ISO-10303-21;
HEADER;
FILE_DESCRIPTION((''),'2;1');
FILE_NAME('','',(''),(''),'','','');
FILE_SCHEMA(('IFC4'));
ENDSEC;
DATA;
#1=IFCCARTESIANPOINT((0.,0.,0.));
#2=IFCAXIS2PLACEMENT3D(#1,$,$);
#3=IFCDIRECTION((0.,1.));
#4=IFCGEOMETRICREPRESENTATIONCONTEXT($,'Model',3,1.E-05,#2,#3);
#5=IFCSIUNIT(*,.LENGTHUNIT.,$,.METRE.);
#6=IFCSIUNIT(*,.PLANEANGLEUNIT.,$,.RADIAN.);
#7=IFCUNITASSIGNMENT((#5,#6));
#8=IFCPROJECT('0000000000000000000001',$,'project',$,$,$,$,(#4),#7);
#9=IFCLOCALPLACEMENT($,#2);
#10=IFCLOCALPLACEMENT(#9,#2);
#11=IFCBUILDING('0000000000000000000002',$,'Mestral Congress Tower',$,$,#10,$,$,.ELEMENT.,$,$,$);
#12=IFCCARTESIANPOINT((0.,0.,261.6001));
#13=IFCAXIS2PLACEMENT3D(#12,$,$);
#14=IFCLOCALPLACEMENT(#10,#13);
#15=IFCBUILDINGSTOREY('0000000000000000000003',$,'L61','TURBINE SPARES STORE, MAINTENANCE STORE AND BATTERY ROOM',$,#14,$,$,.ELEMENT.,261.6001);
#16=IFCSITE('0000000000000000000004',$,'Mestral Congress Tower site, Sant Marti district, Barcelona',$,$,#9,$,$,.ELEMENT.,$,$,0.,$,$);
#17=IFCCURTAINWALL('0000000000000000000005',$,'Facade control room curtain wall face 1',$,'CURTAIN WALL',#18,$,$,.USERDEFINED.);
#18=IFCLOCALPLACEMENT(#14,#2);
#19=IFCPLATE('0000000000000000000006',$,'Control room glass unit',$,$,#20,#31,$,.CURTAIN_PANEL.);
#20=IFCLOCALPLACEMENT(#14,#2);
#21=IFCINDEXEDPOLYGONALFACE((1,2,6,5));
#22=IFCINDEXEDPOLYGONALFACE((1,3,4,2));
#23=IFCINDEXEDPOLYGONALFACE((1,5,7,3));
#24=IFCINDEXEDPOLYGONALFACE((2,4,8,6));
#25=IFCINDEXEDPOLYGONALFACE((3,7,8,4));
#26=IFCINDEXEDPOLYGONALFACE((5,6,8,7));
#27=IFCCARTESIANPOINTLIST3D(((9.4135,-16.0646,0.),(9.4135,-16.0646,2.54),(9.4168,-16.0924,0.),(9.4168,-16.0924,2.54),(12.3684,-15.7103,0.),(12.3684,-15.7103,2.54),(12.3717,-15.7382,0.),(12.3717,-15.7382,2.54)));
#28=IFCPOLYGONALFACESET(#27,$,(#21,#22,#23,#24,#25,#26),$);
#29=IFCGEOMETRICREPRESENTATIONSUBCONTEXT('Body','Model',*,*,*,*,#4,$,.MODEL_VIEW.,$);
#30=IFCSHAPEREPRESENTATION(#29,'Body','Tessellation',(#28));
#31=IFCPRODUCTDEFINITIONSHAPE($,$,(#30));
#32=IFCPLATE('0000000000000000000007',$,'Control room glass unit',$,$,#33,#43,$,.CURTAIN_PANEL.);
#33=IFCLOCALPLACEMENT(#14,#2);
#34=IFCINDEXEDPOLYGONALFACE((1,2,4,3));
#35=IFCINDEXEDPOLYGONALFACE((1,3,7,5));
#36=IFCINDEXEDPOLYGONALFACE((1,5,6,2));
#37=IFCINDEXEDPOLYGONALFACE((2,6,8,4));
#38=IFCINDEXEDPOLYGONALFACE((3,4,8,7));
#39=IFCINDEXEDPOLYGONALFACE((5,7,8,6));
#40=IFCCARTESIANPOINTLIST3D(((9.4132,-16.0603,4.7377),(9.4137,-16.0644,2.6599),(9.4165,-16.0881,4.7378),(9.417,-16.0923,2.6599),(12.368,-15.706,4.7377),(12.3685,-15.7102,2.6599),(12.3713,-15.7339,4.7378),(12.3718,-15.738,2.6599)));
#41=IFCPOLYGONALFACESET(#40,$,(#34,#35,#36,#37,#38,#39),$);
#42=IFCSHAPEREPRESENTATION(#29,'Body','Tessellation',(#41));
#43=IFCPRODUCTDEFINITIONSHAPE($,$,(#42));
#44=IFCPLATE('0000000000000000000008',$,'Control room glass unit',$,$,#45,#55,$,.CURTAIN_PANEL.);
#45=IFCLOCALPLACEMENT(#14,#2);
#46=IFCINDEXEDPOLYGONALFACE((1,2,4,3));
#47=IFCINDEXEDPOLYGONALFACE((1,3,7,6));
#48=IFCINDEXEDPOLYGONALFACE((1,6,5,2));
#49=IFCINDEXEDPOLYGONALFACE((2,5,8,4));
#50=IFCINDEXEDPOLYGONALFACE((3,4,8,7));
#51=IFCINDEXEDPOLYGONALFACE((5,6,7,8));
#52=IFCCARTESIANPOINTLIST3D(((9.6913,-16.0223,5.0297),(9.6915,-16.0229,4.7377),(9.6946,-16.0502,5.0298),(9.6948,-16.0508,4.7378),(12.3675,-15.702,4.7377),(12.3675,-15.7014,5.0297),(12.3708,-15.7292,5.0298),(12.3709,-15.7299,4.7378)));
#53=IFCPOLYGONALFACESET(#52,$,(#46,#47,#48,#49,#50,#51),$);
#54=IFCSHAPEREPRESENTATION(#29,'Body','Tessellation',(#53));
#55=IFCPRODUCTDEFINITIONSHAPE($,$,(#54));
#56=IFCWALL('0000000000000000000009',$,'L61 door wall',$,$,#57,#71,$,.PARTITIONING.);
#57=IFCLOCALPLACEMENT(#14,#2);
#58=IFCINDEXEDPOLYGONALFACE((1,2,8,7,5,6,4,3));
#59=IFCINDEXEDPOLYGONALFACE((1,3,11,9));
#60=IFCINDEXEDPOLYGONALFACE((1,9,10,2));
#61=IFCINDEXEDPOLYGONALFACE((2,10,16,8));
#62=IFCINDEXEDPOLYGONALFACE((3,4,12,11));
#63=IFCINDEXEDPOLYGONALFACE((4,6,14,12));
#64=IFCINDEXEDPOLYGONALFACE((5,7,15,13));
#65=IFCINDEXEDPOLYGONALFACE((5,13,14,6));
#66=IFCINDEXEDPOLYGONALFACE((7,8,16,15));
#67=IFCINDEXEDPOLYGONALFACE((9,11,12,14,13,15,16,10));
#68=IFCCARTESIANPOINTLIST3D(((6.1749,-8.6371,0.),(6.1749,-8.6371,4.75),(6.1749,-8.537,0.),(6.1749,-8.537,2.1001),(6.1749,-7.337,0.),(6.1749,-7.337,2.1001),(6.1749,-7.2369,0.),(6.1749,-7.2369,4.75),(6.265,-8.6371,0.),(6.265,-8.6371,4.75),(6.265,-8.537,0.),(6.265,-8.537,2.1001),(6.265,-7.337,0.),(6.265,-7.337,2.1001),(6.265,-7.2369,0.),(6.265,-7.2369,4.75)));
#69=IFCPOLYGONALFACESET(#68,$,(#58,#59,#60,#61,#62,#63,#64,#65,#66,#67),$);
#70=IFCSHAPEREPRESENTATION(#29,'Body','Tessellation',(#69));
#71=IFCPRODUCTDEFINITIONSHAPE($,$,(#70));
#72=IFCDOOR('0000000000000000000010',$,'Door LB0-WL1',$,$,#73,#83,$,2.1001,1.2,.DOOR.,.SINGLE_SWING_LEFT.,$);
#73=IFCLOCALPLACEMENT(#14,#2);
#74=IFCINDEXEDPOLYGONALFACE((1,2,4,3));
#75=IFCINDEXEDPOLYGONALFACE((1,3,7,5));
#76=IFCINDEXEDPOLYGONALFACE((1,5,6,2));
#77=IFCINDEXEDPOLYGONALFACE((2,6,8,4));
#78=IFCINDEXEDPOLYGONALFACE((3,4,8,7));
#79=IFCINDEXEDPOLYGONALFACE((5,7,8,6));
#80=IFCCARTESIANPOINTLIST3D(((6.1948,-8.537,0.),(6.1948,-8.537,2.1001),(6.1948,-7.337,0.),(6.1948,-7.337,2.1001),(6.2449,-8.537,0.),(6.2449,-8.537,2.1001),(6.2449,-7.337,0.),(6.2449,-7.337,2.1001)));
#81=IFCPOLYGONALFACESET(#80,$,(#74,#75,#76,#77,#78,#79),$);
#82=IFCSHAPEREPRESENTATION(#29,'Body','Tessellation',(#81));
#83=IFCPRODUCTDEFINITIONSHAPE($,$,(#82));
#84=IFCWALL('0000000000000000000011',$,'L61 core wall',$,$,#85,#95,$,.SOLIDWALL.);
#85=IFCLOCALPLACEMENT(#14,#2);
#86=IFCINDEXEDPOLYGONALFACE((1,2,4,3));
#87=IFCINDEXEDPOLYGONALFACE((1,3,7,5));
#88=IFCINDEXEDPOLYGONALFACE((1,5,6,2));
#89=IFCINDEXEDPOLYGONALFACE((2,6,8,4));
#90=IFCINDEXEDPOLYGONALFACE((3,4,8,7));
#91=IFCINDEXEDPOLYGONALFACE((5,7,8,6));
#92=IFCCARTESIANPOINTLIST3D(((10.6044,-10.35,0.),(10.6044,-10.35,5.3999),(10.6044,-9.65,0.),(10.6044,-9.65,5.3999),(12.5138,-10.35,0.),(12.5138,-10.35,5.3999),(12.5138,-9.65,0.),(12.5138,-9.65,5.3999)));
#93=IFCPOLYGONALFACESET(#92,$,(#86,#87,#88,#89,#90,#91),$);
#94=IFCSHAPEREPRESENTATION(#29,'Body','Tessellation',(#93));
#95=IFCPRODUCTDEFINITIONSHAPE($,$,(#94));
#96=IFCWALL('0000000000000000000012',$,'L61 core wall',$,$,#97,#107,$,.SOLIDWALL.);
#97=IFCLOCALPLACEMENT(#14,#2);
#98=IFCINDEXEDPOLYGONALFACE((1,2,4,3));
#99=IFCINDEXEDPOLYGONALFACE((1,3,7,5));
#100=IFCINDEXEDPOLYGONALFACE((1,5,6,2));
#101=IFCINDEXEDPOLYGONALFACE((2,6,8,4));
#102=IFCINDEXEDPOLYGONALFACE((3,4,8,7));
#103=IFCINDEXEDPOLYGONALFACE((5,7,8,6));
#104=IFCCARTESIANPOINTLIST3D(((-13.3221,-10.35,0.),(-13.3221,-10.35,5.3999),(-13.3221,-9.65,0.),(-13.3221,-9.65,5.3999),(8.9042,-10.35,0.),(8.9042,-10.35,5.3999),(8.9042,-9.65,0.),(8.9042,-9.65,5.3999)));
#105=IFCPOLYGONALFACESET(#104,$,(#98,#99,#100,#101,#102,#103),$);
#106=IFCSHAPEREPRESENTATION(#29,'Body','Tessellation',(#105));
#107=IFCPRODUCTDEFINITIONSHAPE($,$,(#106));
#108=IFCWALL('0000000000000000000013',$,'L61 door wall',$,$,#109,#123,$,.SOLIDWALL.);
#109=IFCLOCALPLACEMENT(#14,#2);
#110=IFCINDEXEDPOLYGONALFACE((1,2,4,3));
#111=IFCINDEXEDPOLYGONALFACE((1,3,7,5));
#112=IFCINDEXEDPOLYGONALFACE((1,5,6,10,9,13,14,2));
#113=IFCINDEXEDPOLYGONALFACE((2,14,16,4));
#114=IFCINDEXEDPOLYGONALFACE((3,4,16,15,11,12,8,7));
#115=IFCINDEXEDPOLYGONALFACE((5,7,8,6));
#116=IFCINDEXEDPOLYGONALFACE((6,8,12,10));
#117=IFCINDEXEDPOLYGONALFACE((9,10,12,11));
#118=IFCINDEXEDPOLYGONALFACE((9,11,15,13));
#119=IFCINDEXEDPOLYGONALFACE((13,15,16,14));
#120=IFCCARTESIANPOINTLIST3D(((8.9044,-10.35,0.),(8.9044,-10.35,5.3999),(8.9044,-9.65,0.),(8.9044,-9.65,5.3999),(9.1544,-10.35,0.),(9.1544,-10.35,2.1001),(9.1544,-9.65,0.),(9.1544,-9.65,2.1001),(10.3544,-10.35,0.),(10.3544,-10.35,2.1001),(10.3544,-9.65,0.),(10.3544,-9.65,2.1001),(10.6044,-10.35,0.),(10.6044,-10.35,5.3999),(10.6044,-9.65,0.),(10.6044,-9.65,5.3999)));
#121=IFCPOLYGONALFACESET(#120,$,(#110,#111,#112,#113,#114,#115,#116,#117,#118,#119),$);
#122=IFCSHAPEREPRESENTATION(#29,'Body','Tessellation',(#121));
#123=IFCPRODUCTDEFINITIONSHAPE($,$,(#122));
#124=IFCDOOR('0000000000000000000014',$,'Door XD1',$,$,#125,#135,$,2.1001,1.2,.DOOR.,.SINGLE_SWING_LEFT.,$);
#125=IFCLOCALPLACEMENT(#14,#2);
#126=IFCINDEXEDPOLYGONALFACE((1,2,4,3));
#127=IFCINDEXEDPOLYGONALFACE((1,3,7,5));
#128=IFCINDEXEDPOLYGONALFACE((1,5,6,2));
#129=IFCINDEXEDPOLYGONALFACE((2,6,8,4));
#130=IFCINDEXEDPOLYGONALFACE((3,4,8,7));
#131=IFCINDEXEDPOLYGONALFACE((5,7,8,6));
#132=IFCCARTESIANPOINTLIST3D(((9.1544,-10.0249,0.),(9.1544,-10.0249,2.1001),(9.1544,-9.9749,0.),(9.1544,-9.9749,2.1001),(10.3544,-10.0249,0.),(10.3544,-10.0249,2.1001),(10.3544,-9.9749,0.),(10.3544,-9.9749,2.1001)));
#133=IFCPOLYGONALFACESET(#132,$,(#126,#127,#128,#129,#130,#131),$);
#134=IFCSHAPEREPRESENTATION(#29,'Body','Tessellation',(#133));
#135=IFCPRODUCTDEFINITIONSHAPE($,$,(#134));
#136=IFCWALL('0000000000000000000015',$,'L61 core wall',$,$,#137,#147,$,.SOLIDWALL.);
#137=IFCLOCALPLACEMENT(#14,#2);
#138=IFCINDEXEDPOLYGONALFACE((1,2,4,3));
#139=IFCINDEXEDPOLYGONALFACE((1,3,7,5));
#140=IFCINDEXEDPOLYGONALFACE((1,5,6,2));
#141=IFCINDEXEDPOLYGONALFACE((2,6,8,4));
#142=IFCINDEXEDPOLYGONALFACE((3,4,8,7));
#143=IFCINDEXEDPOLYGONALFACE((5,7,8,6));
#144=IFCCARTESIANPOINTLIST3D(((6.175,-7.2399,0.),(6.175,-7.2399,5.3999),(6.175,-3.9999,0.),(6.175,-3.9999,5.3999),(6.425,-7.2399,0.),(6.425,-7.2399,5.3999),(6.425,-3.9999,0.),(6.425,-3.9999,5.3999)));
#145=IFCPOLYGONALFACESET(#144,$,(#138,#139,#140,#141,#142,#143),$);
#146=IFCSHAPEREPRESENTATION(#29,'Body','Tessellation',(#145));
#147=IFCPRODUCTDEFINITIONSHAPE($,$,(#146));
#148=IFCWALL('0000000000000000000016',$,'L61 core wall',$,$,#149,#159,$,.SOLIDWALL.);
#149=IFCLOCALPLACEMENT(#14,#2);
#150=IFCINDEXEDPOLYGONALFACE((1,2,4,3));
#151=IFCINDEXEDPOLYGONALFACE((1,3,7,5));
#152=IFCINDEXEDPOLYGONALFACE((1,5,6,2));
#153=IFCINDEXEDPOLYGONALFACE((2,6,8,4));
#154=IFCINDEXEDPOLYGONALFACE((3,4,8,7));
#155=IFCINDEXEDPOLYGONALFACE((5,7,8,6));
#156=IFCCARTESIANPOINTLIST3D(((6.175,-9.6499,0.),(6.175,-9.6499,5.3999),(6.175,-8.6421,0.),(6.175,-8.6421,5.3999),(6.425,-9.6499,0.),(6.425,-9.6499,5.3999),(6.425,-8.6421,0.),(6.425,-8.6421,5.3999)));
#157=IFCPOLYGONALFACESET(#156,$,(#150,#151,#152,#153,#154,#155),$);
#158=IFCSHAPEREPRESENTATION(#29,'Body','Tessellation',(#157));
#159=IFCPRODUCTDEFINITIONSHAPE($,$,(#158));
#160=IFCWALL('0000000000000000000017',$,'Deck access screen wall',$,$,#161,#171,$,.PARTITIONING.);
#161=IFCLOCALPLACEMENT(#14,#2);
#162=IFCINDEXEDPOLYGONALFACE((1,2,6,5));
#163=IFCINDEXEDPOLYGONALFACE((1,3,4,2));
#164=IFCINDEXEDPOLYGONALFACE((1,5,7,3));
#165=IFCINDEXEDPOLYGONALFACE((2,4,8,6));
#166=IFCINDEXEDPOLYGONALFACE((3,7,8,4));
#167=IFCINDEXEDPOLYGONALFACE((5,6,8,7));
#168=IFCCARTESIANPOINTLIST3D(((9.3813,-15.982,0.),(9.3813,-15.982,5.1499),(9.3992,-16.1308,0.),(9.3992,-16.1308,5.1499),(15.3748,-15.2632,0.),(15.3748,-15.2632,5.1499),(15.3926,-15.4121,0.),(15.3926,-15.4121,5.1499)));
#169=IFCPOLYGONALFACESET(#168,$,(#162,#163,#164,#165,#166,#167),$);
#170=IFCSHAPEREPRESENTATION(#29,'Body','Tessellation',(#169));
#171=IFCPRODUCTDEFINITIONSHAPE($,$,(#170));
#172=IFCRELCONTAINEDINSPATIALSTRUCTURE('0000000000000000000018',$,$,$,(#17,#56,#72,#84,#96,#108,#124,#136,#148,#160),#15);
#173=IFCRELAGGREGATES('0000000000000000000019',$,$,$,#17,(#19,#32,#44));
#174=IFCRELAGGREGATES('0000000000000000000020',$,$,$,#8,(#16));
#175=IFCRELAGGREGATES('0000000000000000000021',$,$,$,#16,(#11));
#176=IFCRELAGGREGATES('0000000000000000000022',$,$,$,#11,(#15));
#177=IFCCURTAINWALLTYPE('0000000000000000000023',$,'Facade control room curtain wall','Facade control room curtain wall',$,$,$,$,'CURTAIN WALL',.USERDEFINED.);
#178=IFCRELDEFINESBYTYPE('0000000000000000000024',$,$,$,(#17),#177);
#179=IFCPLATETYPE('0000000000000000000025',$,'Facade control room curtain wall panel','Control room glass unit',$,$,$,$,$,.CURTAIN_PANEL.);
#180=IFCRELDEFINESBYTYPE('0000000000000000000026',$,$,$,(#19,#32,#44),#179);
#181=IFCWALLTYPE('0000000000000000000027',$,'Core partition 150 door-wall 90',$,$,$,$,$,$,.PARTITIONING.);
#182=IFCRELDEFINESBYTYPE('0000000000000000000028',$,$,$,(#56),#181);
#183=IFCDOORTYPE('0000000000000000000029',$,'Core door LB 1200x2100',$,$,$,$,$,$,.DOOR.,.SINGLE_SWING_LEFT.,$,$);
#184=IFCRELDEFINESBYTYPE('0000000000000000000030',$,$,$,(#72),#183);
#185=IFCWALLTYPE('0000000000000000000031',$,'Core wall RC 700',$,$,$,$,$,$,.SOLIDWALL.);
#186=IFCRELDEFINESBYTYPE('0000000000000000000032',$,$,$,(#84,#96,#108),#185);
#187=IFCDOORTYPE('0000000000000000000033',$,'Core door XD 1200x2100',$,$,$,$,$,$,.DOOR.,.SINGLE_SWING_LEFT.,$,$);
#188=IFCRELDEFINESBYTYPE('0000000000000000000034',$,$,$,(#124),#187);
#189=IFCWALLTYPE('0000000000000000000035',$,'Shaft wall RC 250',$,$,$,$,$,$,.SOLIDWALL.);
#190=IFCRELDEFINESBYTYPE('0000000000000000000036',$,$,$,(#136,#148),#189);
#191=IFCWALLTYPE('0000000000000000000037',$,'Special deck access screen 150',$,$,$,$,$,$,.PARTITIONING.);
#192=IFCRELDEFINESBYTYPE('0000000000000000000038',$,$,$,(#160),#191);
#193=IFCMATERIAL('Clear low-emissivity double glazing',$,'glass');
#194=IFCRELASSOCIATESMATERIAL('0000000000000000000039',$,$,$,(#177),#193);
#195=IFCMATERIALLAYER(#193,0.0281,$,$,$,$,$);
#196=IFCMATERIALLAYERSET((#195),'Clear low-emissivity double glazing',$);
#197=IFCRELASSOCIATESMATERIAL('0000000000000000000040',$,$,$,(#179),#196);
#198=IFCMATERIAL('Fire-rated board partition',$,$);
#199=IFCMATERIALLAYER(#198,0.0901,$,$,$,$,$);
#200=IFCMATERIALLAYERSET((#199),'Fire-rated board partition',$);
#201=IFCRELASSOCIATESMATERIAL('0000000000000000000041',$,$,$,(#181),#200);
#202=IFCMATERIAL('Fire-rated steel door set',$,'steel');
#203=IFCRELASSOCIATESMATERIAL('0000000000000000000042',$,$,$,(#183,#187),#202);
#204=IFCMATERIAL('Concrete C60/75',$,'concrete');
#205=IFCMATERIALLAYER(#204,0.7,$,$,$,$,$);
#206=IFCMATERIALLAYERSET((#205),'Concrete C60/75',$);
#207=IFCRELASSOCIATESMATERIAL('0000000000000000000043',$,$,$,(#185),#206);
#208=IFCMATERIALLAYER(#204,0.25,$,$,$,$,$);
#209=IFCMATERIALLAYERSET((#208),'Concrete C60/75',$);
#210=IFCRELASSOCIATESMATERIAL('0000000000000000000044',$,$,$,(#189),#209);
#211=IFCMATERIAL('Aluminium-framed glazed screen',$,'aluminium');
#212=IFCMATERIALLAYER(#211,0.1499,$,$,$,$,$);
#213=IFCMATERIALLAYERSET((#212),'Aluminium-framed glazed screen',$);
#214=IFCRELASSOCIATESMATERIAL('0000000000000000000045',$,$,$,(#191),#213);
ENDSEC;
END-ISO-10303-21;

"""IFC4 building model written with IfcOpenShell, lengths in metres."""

from ifc_helpers import new_model, si_unit, direction, frame, frame_2d, origin, origin_2d, place, context, subcontext, project, spatial, polyline, rectangle, outline, extrude, material, layer, layer_set, type_object, element, fill, aggregate, save


model = new_model("IFC4")

# Units and contexts
model_context = context("Model", 3, precision=1e-05, world=origin(), true_north=direction((0.0, 1.0)))
body_context = subcontext(model_context, "Body", "Model", "MODEL_VIEW")
ifc_project = project(units=[si_unit("LENGTHUNIT", "METRE"), si_unit("PLANEANGLEUNIT", "RADIAN")], contexts=[model_context])

# Site, building, storey
site_placement = place(None, origin())
site = spatial("IfcSite", under=ifc_project, at=site_placement, Name="Mestral Congress Tower site, Sant Marti district, Barcelona", CompositionType="ELEMENT", RefElevation=0.0)
building_placement = place(site_placement, origin())
building = spatial("IfcBuilding", under=site, at=building_placement, Name="Mestral Congress Tower", CompositionType="ELEMENT")
storey_placement = place(building_placement, frame((0.0, 0.0, 261.6001)))
storey = spatial("IfcBuildingStorey", under=building, at=storey_placement, Name="L61", Description="TURBINE SPARES STORE, MAINTENANCE STORE AND BATTERY ROOM", CompositionType="ELEMENT", Elevation=261.6001)

# Curtain wall, plates
ifc_material_1 = material(Name="Clear low-emissivity double glazing", Category="glass")
curtain_wall_type = type_object("IfcCurtainWallType", Name="Facade control room curtain wall", Description="Facade control room curtain wall", ElementType="CURTAIN WALL", PredefinedType="USERDEFINED", material=ifc_material_1)
placement = place(storey_placement, origin())
curtain_wall = element("IfcCurtainWall", 1, at=placement, inside=storey, type_object=curtain_wall_type, Name="Facade control room curtain wall face 1", ObjectType="CURTAIN WALL", PredefinedType="USERDEFINED")
ifc_layer_1 = layer(ifc_material_1, 0.0281)
ifc_layer_set_1 = layer_set([ifc_layer_1], Name="Clear low-emissivity double glazing")
plate_type = type_object("IfcPlateType", Name="Facade control room curtain wall panel", Description="Control room glass unit", PredefinedType="CURTAIN_PANEL", material=ifc_layer_set_1)
plate_1_placement = place(storey_placement, frame((10.8926, -15.9014, 0.0), z_axis=(0.0, 0.0, 1.0), x_axis=(0.992889, 0.119045, 0.0)))
plate_1 = element("IfcPlate", 2, at=plate_1_placement, type_object=plate_type, Name="Control room glass unit", PredefinedType="CURTAIN_PANEL", context=body_context, shape_type="SweptSolid", body=[
    extrude(rectangle(XDim=2.9761, YDim=0.0281, at=origin_2d()), origin(), (0.0, 0.0, 1.0), 2.54),
])
plate_2_placement = place(storey_placement, frame((12.3718, -15.738, 2.6599), z_axis=(0.119035, -0.992888, 0.002011), x_axis=(-0.99289, -0.119035, 0.0)))
plate_2 = element("IfcPlate", 3, at=plate_2_placement, type_object=plate_type, Name="Control room glass unit", PredefinedType="CURTAIN_PANEL", context=body_context, shape_type="SweptSolid", body=[
    extrude(outline(polyline([(0.0, 0.0), (2.976, 0.0), (2.976, -2.0779), (0.0, -2.0779), (0.0, 0.0)])), origin(), (0.0, 0.0, -1.0), 0.0281),
])
plate_3_placement = place(storey_placement, frame((12.3708, -15.7292, 5.0298), z_axis=(0.119066, -0.992884, 0.002125), x_axis=(0.000055, -0.002134, -0.999998)))
plate_3 = element("IfcPlate", 4, at=plate_3_placement, type_object=plate_type, Name="Control room glass unit", PredefinedType="CURTAIN_PANEL", context=body_context, shape_type="SweptSolid", body=[
    extrude(outline(polyline([(0.0, 0.0), (0.292, 0.0), (0.2925, -2.6952), (0.0005, -2.6954), (0.0, 0.0)])), origin(), (0.0, 0.0, -1.0), 0.0281),
])
aggregate(curtain_wall, [plate_1, plate_2, plate_3])

# Wall, opening, door
ifc_material_2 = material(Name="Fire-rated board partition")
ifc_layer_2 = layer(ifc_material_2, 0.0901)
ifc_layer_set_2 = layer_set([ifc_layer_2], Name="Fire-rated board partition")
wall_type_1 = type_object("IfcWallType", Name="Core partition 150 door-wall 90", PredefinedType="PARTITIONING", material=ifc_layer_set_2)
wall_1_placement = place(storey_placement, frame((6.22, -7.2368, 0.0), z_axis=(0.0, 0.0, 1.0), x_axis=(0.0, -1.0, 0.0)))
wall_1 = element("IfcWall", 5, at=wall_1_placement, inside=storey, type_object=wall_type_1, Name="L61 door wall", PredefinedType="PARTITIONING", context=body_context, shape_type="SweptSolid", body=[
    extrude(rectangle(XDim=1.4001, YDim=0.0901, at=frame_2d((0.7002, 0.0))), origin(), (0.0, 0.0, 1.0), 4.75),
])
opening_1_placement = place(wall_1_placement, frame((0.1001, 0.0, 0.0)))
opening_1 = element("IfcOpeningElement", 6, at=opening_1_placement, cuts=wall_1, PredefinedType="OPENING", context=body_context, shape_type="SweptSolid", body=[
    extrude(rectangle(XDim=1.2, YDim=2.1001, at=frame_2d((0.6001, 1.05))), frame((0.0, 0.0549, 0.0), z_axis=(0.0, -1.0, 0.0), x_axis=(1.0, 0.0, 0.0)), (0.0, 0.0, 1.0), 0.1101),
])
ifc_material_3 = material(Name="Fire-rated steel door set", Category="steel")
door_type_1 = type_object("IfcDoorType", Name="Core door LB 1200x2100", OperationType="SINGLE_SWING_LEFT", PredefinedType="DOOR", material=ifc_material_3)
door_1_placement = place(opening_1_placement, origin())
door_1 = element("IfcDoor", 7, at=door_1_placement, inside=storey, type_object=door_type_1, Name="Door LB0-WL1", OperationType="SINGLE_SWING_LEFT", OverallHeight=2.1001, OverallWidth=1.2, PredefinedType="DOOR", context=body_context, shape_type="SweptSolid", body=[
    extrude(rectangle(XDim=1.2, YDim=2.1001, at=frame_2d((0.6001, 1.05))), frame((0.0, 0.0249, 0.0), z_axis=(0.0, -1.0, 0.0), x_axis=(1.0, 0.0, 0.0)), (0.0, 0.0, 1.0), 0.05),
])
fill(opening_1, door_1)

# Walls
ifc_material_4 = material(Name="Concrete C60/75", Category="concrete")
ifc_layer_3 = layer(ifc_material_4, 0.7)
ifc_layer_set_3 = layer_set([ifc_layer_3], Name="Concrete C60/75")
wall_type_2 = type_object("IfcWallType", Name="Core wall RC 700", PredefinedType="SOLIDWALL", material=ifc_layer_set_3)
wall_2_placement = place(storey_placement, frame((10.6045, -10.0, 0.0), z_axis=(0.0, 0.0, 1.0), x_axis=(1.0, 0.0, 0.0)))
element("IfcWall", 8, at=wall_2_placement, inside=storey, type_object=wall_type_2, Name="L61 core wall", PredefinedType="SOLIDWALL", context=body_context, shape_type="SweptSolid", body=[
    extrude(rectangle(XDim=1.9094, YDim=0.7, at=frame_2d((0.9546, 0.0))), origin(), (0.0, 0.0, 1.0), 5.3999),
])
wall_3_placement = place(storey_placement, frame((8.9043, -10.0, 0.0), z_axis=(0.0, 0.0, 1.0), x_axis=(-1.0, 0.0, 0.0)))
element("IfcWall", 9, at=wall_3_placement, inside=storey, type_object=wall_type_2, Name="L61 core wall", PredefinedType="SOLIDWALL", context=body_context, shape_type="SweptSolid", body=[
    extrude(rectangle(XDim=22.2263, YDim=0.7, at=frame_2d((11.1133, 0.0))), origin(), (0.0, 0.0, 1.0), 5.3999),
])

# Wall, opening, door
wall_4_placement = place(storey_placement, frame((10.6045, -10.0, 0.0), z_axis=(0.0, 0.0, 1.0), x_axis=(-1.0, 0.0, 0.0)))
wall_4 = element("IfcWall", 10, at=wall_4_placement, inside=storey, type_object=wall_type_2, Name="L61 door wall", PredefinedType="SOLIDWALL", context=body_context, shape_type="SweptSolid", body=[
    extrude(rectangle(XDim=1.7, YDim=0.7, at=frame_2d((0.8501, 0.0))), origin(), (0.0, 0.0, 1.0), 5.3999),
])
opening_2_placement = place(wall_4_placement, frame((0.25, 0.0, 0.0)))
opening_2 = element("IfcOpeningElement", 11, at=opening_2_placement, cuts=wall_4, PredefinedType="OPENING", context=body_context, shape_type="SweptSolid", body=[
    extrude(rectangle(XDim=1.2, YDim=2.1001, at=frame_2d((0.6001, 1.05))), frame((0.0, 0.3599, 0.0), z_axis=(0.0, -1.0, 0.0), x_axis=(1.0, 0.0, 0.0)), (0.0, 0.0, 1.0), 0.72),
])
door_type_2 = type_object("IfcDoorType", Name="Core door XD 1200x2100", OperationType="SINGLE_SWING_LEFT", PredefinedType="DOOR", material=ifc_material_3)
door_2_placement = place(opening_2_placement, origin())
door_2 = element("IfcDoor", 12, at=door_2_placement, inside=storey, type_object=door_type_2, Name="Door XD1", OperationType="SINGLE_SWING_LEFT", OverallHeight=2.1001, OverallWidth=1.2, PredefinedType="DOOR", context=body_context, shape_type="SweptSolid", body=[
    extrude(rectangle(XDim=1.2, YDim=2.1001, at=frame_2d((0.6001, 1.05))), frame((0.0, 0.0249, 0.0), z_axis=(0.0, -1.0, 0.0), x_axis=(1.0, 0.0, 0.0)), (0.0, 0.0, 1.0), 0.05),
])
fill(opening_2, door_2)

# Walls
ifc_layer_4 = layer(ifc_material_4, 0.25)
ifc_layer_set_4 = layer_set([ifc_layer_4], Name="Concrete C60/75")
wall_type_3 = type_object("IfcWallType", Name="Shaft wall RC 250", PredefinedType="SOLIDWALL", material=ifc_layer_set_4)
wall_5_placement = place(storey_placement, frame((6.3, -7.24, 0.0), z_axis=(0.0, 0.0, 1.0), x_axis=(0.0, 1.0, 0.0)))
element("IfcWall", 13, at=wall_5_placement, inside=storey, type_object=wall_type_3, Name="L61 core wall", PredefinedType="SOLIDWALL", context=body_context, shape_type="SweptSolid", body=[
    extrude(rectangle(XDim=3.24, YDim=0.25, at=frame_2d((1.6201, 0.0))), origin(), (0.0, 0.0, 1.0), 5.3999),
])
wall_6_placement = place(storey_placement, frame((6.3, -9.6499, 0.0), z_axis=(0.0, 0.0, 1.0), x_axis=(0.0, 1.0, 0.0)))
element("IfcWall", 14, at=wall_6_placement, inside=storey, type_object=wall_type_3, Name="L61 core wall", PredefinedType="SOLIDWALL", context=body_context, shape_type="SweptSolid", body=[
    extrude(rectangle(XDim=1.0078, YDim=0.25, at=frame_2d((0.5039, 0.0))), origin(), (0.0, 0.0, 1.0), 5.3999),
])
ifc_material_5 = material(Name="Aluminium-framed glazed screen", Category="aluminium")
ifc_layer_5 = layer(ifc_material_5, 0.1499)
ifc_layer_set_5 = layer_set([ifc_layer_5], Name="Aluminium-framed glazed screen")
wall_type_4 = type_object("IfcWallType", Name="Special deck access screen 150", PredefinedType="PARTITIONING", material=ifc_layer_set_5)
wall_7_placement = place(storey_placement, frame((9.3904, -16.0564, 0.0), z_axis=(0.0, 0.0, 1.0), x_axis=(0.992886, 0.11907, 0.0)))
element("IfcWall", 15, at=wall_7_placement, inside=storey, type_object=wall_type_4, Name="Deck access screen wall", PredefinedType="PARTITIONING", context=body_context, shape_type="SweptSolid", body=[
    extrude(rectangle(XDim=6.0364, YDim=0.1499, at=frame_2d((3.0181, 0.0))), origin(), (0.0, 0.0, 1.0), 5.1499),
])

save(model, "model.ifc")
